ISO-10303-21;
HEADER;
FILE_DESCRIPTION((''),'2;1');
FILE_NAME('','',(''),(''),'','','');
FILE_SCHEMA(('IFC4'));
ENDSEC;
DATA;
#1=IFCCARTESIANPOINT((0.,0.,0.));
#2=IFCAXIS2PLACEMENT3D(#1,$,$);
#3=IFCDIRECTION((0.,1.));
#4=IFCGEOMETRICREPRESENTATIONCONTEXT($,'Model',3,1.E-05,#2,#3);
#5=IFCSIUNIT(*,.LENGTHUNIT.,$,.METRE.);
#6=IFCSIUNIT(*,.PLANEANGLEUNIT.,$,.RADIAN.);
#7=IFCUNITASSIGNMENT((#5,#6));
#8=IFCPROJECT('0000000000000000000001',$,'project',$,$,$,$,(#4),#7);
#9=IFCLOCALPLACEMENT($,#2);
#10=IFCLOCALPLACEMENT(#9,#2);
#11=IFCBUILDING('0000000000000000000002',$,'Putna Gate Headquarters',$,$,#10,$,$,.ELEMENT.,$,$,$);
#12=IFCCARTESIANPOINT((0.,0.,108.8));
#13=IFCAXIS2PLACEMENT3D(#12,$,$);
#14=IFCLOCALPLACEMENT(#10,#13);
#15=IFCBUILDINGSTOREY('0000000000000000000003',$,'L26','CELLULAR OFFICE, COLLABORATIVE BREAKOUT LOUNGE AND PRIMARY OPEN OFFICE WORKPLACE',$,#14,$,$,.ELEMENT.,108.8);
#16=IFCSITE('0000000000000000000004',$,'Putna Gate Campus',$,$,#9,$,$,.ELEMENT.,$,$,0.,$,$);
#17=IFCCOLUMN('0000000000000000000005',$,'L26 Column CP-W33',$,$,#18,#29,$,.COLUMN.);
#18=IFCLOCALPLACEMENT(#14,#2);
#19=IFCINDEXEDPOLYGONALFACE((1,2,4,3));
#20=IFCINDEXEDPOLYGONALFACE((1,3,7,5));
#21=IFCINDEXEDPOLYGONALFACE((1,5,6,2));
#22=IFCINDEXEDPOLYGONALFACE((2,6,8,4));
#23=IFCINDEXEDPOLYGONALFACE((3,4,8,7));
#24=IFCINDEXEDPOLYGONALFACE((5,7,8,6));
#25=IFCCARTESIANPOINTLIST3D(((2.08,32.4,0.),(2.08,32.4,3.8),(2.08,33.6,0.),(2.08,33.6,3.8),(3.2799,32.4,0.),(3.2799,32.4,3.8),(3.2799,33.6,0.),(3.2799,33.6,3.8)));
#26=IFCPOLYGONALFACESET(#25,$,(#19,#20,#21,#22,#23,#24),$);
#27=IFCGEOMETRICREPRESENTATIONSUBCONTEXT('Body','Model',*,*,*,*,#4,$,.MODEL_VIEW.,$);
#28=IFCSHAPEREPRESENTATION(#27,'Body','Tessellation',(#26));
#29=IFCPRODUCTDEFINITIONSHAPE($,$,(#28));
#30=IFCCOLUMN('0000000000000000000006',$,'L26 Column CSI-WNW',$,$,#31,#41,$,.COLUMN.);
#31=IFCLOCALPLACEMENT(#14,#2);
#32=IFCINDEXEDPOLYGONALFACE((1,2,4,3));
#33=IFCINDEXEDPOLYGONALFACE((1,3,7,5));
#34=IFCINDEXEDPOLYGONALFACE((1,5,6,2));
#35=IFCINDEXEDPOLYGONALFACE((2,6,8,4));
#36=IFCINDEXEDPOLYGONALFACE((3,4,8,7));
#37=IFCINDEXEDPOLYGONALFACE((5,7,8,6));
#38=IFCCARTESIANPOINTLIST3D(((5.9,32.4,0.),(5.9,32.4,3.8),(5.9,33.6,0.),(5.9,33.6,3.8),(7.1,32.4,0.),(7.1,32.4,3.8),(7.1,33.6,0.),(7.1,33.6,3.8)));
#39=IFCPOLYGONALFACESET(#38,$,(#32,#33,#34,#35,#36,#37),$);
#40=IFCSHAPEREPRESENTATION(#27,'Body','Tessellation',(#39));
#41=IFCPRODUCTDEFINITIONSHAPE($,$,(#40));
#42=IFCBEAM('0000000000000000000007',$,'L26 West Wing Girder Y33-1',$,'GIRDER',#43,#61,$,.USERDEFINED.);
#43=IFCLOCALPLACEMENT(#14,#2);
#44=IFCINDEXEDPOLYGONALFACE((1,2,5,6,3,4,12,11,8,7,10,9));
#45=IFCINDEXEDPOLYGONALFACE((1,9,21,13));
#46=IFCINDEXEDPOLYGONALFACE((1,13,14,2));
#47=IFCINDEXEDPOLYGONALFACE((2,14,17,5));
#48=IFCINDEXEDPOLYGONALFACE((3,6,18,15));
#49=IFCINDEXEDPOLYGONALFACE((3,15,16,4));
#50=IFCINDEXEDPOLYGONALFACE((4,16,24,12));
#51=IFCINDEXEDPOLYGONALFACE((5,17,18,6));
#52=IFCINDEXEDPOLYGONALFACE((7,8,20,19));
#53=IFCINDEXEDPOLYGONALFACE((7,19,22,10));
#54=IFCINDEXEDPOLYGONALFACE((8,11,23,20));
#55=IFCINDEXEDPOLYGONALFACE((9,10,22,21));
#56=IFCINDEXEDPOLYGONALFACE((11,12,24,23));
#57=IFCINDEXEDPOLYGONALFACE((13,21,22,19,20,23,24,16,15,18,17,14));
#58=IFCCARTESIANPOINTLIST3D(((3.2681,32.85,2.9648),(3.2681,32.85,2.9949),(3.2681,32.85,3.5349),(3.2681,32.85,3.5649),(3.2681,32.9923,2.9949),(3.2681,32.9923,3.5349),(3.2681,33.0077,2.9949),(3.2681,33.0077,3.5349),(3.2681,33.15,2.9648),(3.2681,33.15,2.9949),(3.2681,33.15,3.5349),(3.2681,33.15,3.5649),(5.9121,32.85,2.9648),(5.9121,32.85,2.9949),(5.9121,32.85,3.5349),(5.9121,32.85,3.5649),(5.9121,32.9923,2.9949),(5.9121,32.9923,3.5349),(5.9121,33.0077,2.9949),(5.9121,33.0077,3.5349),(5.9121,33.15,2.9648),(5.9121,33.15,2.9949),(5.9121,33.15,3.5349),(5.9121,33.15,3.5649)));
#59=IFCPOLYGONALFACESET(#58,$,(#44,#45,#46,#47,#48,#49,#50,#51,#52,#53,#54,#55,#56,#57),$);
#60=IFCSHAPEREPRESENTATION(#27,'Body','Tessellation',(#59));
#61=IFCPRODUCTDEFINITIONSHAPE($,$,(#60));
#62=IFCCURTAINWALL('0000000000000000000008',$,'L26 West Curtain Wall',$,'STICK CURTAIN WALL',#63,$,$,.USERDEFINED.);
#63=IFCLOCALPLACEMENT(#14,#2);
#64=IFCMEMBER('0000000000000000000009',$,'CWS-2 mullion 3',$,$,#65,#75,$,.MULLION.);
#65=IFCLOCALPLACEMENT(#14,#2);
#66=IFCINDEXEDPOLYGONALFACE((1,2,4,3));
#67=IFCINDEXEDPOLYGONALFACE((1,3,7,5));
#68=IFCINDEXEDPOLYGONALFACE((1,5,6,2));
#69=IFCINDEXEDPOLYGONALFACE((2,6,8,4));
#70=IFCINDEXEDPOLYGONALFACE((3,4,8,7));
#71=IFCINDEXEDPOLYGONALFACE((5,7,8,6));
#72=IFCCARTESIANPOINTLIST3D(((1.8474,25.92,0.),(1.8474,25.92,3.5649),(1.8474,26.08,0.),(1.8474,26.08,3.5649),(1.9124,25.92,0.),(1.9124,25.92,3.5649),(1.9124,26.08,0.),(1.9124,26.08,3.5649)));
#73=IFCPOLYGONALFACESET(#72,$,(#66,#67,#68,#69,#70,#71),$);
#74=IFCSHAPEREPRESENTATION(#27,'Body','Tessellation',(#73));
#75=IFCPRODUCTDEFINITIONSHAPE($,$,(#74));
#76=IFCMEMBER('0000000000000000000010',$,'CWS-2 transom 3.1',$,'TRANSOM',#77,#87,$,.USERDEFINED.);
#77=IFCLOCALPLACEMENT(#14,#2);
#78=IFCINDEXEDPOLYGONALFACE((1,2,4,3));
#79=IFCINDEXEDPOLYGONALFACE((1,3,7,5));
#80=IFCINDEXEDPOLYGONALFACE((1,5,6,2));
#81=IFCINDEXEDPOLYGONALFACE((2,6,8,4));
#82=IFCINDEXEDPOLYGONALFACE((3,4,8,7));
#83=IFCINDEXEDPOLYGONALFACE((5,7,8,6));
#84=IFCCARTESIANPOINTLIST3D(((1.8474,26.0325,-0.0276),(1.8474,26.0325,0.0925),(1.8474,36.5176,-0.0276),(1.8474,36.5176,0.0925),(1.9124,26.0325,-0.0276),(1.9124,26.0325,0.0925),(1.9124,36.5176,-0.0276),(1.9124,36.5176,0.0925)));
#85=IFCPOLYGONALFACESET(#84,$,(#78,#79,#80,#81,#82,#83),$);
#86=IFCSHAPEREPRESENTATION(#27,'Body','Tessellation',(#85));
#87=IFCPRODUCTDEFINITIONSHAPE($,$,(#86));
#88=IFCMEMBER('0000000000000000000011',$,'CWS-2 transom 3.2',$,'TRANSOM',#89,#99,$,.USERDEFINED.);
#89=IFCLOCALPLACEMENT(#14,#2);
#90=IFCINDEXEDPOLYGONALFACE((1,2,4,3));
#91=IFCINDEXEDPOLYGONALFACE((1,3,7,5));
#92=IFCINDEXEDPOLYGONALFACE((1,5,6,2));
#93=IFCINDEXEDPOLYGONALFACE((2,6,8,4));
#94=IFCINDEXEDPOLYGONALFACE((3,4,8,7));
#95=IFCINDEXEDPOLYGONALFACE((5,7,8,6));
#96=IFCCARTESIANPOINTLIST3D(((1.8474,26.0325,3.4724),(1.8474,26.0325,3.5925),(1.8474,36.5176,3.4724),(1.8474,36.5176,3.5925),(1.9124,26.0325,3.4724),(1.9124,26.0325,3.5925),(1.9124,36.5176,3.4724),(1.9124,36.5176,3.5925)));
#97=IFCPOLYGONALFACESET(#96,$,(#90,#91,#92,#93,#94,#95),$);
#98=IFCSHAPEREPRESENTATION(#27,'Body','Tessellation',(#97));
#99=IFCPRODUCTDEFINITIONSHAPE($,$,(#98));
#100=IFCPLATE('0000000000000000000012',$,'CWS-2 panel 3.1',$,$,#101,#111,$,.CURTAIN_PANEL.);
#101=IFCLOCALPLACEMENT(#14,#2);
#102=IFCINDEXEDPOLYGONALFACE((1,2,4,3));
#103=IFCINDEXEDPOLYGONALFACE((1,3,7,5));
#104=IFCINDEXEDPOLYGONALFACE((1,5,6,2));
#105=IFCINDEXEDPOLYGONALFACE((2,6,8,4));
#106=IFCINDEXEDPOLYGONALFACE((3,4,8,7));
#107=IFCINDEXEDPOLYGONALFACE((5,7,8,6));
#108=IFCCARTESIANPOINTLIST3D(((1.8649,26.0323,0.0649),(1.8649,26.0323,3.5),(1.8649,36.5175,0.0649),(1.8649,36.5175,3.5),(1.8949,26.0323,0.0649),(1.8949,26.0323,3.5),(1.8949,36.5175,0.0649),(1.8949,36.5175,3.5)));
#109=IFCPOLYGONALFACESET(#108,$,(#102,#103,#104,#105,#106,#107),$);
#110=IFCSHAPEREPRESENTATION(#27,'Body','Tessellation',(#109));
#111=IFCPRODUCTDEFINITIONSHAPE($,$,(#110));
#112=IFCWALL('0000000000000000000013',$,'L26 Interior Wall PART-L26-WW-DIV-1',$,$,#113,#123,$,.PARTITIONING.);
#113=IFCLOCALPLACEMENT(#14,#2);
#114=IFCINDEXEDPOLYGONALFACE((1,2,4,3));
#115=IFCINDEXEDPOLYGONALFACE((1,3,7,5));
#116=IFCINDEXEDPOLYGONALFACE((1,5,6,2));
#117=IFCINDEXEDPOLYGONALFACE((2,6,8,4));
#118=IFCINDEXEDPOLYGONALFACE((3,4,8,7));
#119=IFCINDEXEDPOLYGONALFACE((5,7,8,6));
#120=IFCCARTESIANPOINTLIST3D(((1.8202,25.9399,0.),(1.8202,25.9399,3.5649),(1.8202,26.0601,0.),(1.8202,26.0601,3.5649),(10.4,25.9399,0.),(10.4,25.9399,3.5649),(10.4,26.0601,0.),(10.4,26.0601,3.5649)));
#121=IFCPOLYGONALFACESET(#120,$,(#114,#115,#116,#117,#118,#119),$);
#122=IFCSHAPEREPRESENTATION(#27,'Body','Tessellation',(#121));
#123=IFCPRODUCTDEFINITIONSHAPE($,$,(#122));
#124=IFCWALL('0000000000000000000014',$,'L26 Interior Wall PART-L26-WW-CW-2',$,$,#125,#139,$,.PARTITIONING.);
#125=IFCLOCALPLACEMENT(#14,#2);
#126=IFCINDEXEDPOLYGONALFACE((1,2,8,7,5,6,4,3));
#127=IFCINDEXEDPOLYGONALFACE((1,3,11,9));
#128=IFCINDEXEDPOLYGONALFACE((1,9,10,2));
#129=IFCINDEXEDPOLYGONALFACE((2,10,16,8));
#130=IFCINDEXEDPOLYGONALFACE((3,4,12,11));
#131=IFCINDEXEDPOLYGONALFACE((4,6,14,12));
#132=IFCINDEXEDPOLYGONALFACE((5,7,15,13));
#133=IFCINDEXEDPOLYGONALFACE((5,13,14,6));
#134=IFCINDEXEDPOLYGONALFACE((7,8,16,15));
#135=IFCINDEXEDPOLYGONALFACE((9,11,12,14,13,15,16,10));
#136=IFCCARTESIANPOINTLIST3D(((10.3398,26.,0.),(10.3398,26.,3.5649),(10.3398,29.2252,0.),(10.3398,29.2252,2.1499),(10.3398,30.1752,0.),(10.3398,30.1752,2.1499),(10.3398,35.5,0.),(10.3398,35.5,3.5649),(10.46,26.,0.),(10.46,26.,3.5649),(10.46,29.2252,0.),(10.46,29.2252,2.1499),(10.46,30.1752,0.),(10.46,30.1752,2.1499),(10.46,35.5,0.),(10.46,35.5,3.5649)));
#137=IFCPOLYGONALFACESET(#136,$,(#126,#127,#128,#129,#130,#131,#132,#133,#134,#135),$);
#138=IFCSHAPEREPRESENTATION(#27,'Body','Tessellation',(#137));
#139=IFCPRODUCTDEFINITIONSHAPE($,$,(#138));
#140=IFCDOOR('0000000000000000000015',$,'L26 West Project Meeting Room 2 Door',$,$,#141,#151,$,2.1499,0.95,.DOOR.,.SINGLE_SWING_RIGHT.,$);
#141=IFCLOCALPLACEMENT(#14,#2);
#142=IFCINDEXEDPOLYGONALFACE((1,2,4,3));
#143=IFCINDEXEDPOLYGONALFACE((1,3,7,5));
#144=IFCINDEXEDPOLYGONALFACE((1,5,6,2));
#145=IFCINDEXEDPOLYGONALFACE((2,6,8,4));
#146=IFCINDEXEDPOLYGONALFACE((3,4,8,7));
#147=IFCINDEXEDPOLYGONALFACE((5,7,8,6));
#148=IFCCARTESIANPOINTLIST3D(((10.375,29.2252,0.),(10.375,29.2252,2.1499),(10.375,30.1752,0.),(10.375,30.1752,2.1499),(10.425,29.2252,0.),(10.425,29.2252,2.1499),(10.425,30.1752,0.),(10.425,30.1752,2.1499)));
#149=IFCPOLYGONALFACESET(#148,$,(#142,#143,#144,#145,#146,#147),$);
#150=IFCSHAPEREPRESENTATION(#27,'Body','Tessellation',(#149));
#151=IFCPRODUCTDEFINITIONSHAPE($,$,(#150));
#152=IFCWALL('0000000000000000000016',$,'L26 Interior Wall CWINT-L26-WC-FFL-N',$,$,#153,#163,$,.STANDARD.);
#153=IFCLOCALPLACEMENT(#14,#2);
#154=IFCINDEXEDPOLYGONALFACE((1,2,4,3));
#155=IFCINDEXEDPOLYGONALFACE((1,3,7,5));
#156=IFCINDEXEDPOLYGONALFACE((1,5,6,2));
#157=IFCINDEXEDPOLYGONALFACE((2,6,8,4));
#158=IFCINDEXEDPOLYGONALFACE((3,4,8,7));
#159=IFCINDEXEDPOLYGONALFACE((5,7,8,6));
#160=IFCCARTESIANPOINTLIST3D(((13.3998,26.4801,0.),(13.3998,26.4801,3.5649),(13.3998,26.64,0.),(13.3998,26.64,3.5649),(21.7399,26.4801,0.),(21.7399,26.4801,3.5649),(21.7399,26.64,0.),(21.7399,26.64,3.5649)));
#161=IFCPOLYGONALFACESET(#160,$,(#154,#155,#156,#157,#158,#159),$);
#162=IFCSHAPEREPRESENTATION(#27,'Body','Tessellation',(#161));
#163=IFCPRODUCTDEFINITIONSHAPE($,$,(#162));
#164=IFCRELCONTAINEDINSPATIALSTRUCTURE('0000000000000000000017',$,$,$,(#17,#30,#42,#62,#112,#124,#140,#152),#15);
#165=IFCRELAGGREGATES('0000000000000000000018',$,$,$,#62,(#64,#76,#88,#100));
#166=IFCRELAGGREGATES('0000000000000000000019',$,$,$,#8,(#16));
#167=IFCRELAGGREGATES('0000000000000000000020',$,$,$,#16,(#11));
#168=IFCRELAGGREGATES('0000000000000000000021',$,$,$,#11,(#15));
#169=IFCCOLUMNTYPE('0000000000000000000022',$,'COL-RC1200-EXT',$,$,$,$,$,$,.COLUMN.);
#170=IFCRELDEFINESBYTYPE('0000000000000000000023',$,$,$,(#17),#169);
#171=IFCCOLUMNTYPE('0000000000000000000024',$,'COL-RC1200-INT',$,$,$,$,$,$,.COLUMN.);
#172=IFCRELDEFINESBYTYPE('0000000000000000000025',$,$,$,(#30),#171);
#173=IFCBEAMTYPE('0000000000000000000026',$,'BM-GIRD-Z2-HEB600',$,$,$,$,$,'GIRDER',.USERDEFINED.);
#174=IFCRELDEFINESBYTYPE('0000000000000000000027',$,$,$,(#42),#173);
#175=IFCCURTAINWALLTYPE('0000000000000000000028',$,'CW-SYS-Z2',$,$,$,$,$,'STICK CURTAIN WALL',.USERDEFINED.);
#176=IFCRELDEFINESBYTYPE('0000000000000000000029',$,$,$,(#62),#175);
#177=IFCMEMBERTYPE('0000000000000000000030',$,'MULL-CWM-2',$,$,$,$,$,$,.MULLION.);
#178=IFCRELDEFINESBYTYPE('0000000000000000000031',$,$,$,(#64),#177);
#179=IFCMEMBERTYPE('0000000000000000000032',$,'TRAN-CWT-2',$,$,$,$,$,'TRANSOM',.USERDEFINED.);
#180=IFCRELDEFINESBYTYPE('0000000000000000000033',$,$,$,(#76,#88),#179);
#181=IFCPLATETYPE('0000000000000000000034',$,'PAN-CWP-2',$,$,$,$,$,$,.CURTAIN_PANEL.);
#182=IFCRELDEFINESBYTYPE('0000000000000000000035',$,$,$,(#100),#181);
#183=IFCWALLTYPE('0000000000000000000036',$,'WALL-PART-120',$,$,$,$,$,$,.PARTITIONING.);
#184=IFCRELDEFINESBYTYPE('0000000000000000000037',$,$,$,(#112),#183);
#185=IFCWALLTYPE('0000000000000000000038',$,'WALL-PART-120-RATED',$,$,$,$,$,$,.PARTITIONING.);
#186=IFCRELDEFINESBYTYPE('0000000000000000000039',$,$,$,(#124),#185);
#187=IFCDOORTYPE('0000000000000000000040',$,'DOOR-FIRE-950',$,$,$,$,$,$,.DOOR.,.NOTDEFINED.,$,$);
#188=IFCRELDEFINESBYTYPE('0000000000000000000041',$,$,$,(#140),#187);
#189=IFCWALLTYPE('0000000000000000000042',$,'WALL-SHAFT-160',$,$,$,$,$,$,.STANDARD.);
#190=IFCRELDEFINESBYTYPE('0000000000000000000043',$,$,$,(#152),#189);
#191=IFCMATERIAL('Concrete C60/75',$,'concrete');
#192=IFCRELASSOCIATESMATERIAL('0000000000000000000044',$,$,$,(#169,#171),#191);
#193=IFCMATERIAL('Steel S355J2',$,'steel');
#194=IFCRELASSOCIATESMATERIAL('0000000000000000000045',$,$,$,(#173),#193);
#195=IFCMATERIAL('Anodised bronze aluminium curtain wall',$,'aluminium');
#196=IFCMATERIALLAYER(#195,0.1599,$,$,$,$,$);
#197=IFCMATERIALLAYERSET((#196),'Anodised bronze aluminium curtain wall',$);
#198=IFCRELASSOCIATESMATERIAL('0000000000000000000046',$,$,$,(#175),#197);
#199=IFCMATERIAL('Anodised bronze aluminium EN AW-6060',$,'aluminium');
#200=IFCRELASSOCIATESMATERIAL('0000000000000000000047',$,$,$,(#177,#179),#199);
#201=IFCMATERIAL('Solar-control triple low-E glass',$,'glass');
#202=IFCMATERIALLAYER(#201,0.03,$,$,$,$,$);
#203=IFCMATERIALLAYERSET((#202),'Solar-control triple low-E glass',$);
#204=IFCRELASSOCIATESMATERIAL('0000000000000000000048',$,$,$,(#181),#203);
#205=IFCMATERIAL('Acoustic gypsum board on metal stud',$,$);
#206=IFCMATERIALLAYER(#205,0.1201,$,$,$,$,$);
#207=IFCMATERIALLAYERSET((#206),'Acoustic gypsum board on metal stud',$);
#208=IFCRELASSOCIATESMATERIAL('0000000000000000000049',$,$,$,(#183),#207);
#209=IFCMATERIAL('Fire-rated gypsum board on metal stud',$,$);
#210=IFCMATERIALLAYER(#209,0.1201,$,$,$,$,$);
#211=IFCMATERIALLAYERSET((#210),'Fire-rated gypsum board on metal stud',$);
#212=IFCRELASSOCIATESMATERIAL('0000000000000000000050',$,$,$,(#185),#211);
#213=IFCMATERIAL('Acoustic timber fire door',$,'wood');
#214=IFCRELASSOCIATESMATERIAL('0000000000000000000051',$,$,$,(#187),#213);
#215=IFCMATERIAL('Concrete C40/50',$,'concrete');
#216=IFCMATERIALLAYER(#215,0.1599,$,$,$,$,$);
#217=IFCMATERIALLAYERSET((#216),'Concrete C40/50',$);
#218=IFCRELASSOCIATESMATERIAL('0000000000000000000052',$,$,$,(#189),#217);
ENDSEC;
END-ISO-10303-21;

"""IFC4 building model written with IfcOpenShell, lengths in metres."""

from ifc_helpers import new_model, si_unit, direction, frame, frame_2d, origin, origin_2d, place, context, subcontext, project, spatial, rectangle, i_section, extrude, material, layer, layer_set, material_profile, profile_set, type_object, element, fill, aggregate, save


model = new_model("IFC4")

# Units and contexts
model_context = context("Model", 3, precision=1e-05, world=origin(), true_north=direction((0.0, 1.0)))
body_context = subcontext(model_context, "Body", "Model", "MODEL_VIEW")
ifc_project = project(units=[si_unit("LENGTHUNIT", "METRE"), si_unit("PLANEANGLEUNIT", "RADIAN")], contexts=[model_context])

# Site, building, storey
site_placement = place(None, origin())
site = spatial("IfcSite", under=ifc_project, at=site_placement, Name="Putna Gate Campus", CompositionType="ELEMENT", RefElevation=0.0)
building_placement = place(site_placement, origin())
building = spatial("IfcBuilding", under=site, at=building_placement, Name="Putna Gate Headquarters", CompositionType="ELEMENT")
storey_placement = place(building_placement, frame((0.0, 0.0, 108.8)))
storey = spatial("IfcBuildingStorey", under=building, at=storey_placement, Name="L26", Description="CELLULAR OFFICE, COLLABORATIVE BREAKOUT LOUNGE AND PRIMARY OPEN OFFICE WORKPLACE", CompositionType="ELEMENT", Elevation=108.8)

# Columns
ifc_material_1 = material(Name="Concrete C60/75", Category="concrete")
ifc_material_profile_1 = material_profile(ifc_material_1, rectangle(XDim=1.2, YDim=1.2, at=origin_2d()), Name="Concrete C60/75")
ifc_profile_set_1 = profile_set([ifc_material_profile_1], Name="Concrete C60/75")
column_type_1 = type_object("IfcColumnType", Name="COL-RC1200-EXT", PredefinedType="COLUMN", material=ifc_profile_set_1)
column_1_placement = place(storey_placement, frame((2.6799, 33.0, 0.0), z_axis=(0.0, 0.0, 1.0), x_axis=(1.0, 0.0, 0.0)))
element("IfcColumn", 1, at=column_1_placement, inside=storey, type_object=column_type_1, Name="L26 Column CP-W33", PredefinedType="COLUMN", context=body_context, shape_type="SweptSolid", body=[
    extrude(rectangle(XDim=1.2, YDim=1.2, at=origin_2d()), origin(), (0.0, 0.0, 1.0), 3.8),
])
ifc_material_profile_2 = material_profile(ifc_material_1, rectangle(XDim=1.2, YDim=1.2, at=origin_2d()), Name="Concrete C60/75")
ifc_profile_set_2 = profile_set([ifc_material_profile_2], Name="Concrete C60/75")
column_type_2 = type_object("IfcColumnType", Name="COL-RC1200-INT", PredefinedType="COLUMN", material=ifc_profile_set_2)
column_2_placement = place(storey_placement, frame((6.5, 33.0, 0.0), z_axis=(0.0, 0.0, 1.0), x_axis=(1.0, 0.0, 0.0)))
element("IfcColumn", 2, at=column_2_placement, inside=storey, type_object=column_type_2, Name="L26 Column CSI-WNW", PredefinedType="COLUMN", context=body_context, shape_type="SweptSolid", body=[
    extrude(rectangle(XDim=1.2, YDim=1.2, at=origin_2d()), origin(), (0.0, 0.0, 1.0), 3.8),
])

# Beam
ifc_material_2 = material(Name="Steel S355J2", Category="steel")
ifc_material_profile_3 = material_profile(ifc_material_2, i_section(OverallWidth=0.3, OverallDepth=0.6001, WebThickness=0.0154, FlangeThickness=0.03, at=origin_2d()), Name="Steel S355J2")
ifc_profile_set_3 = profile_set([ifc_material_profile_3], Name="Steel S355J2")
beam_type = type_object("IfcBeamType", Name="BM-GIRD-Z2-HEB600", ElementType="GIRDER", PredefinedType="USERDEFINED", material=ifc_profile_set_3)
beam_placement = place(storey_placement, frame((3.2681, 33.0, 3.2649), z_axis=(1.0, 0.0, 0.0), x_axis=(0.0, 1.0, 0.0)))
element("IfcBeam", 3, at=beam_placement, inside=storey, type_object=beam_type, Name="L26 West Wing Girder Y33-1", ObjectType="GIRDER", PredefinedType="USERDEFINED", context=body_context, shape_type="SweptSolid", body=[
    extrude(i_section(OverallWidth=0.3, OverallDepth=0.6001, WebThickness=0.0154, FlangeThickness=0.03, at=origin_2d()), origin(), (0.0, 0.0, 1.0), 2.644),
])

# Curtain wall, members, plate
ifc_material_3 = material(Name="Anodised bronze aluminium curtain wall", Category="aluminium")
ifc_layer_1 = layer(ifc_material_3, 0.1599)
ifc_layer_set_1 = layer_set([ifc_layer_1], Name="Anodised bronze aluminium curtain wall")
curtain_wall_type = type_object("IfcCurtainWallType", Name="CW-SYS-Z2", ElementType="STICK CURTAIN WALL", PredefinedType="USERDEFINED", material=ifc_layer_set_1)
curtain_wall_placement = place(storey_placement, origin())
curtain_wall = element("IfcCurtainWall", 4, at=curtain_wall_placement, inside=storey, type_object=curtain_wall_type, Name="L26 West Curtain Wall", ObjectType="STICK CURTAIN WALL", PredefinedType="USERDEFINED")
ifc_material_4 = material(Name="Anodised bronze aluminium EN AW-6060", Category="aluminium")
ifc_material_profile_4 = material_profile(ifc_material_4, rectangle(XDim=0.0649, YDim=0.1599, at=origin_2d()), Name="Anodised bronze aluminium EN AW-6060")
ifc_profile_set_4 = profile_set([ifc_material_profile_4], Name="Anodised bronze aluminium EN AW-6060")
member_type_1 = type_object("IfcMemberType", Name="MULL-CWM-2", PredefinedType="MULLION", material=ifc_profile_set_4)
member_1_placement = place(storey_placement, frame((1.8799, 26.0, 0.0), z_axis=(0.0, 0.0, 1.0), x_axis=(-1.0, 0.0, 0.0)))
member_1 = element("IfcMember", 5, at=member_1_placement, type_object=member_type_1, Name="CWS-2 mullion 3", PredefinedType="MULLION", context=body_context, shape_type="SweptSolid", body=[
    extrude(rectangle(XDim=0.0649, YDim=0.1599, at=origin_2d()), origin(), (0.0, 0.0, 1.0), 3.5649),
])
ifc_material_profile_5 = material_profile(ifc_material_4, rectangle(XDim=0.0649, YDim=0.1201, at=origin_2d()), Name="Anodised bronze aluminium EN AW-6060")
ifc_profile_set_5 = profile_set([ifc_material_profile_5], Name="Anodised bronze aluminium EN AW-6060")
member_type_2 = type_object("IfcMemberType", Name="TRAN-CWT-2", ElementType="TRANSOM", PredefinedType="USERDEFINED", material=ifc_profile_set_5)
member_2_placement = place(storey_placement, frame((1.8799, 26.0325, 0.0325), z_axis=(0.0, 1.0, 0.0), x_axis=(-1.0, 0.0, 0.0)))
member_2 = element("IfcMember", 6, at=member_2_placement, type_object=member_type_2, Name="CWS-2 transom 3.1", ObjectType="TRANSOM", PredefinedType="USERDEFINED", context=body_context, shape_type="SweptSolid", body=[
    extrude(rectangle(XDim=0.0649, YDim=0.1201, at=origin_2d()), origin(), (0.0, 0.0, 1.0), 10.4851),
])
member_3_placement = place(storey_placement, frame((1.8799, 26.0325, 3.5325), z_axis=(0.0, 1.0, 0.0), x_axis=(-1.0, 0.0, 0.0)))
member_3 = element("IfcMember", 7, at=member_3_placement, type_object=member_type_2, Name="CWS-2 transom 3.2", ObjectType="TRANSOM", PredefinedType="USERDEFINED", context=body_context, shape_type="SweptSolid", body=[
    extrude(rectangle(XDim=0.0649, YDim=0.1201, at=origin_2d()), origin(), (0.0, 0.0, 1.0), 10.4851),
])
ifc_material_5 = material(Name="Solar-control triple low-E glass", Category="glass")
ifc_layer_2 = layer(ifc_material_5, 0.03)
ifc_layer_set_2 = layer_set([ifc_layer_2], Name="Solar-control triple low-E glass")
plate_type = type_object("IfcPlateType", Name="PAN-CWP-2", PredefinedType="CURTAIN_PANEL", material=ifc_layer_set_2)
plate_placement = place(storey_placement, frame((1.8799, 31.2749, 0.0649), z_axis=(0.0, 0.0, 1.0), x_axis=(0.0, 1.0, 0.0)))
plate = element("IfcPlate", 8, at=plate_placement, type_object=plate_type, Name="CWS-2 panel 3.1", PredefinedType="CURTAIN_PANEL", context=body_context, shape_type="SweptSolid", body=[
    extrude(rectangle(XDim=10.4851, YDim=0.03, at=origin_2d()), origin(), (0.0, 0.0, 1.0), 3.4351),
])
aggregate(curtain_wall, [member_1, member_2, member_3, plate])

# Wall
ifc_material_6 = material(Name="Acoustic gypsum board on metal stud")
ifc_layer_3 = layer(ifc_material_6, 0.1201)
ifc_layer_set_3 = layer_set([ifc_layer_3], Name="Acoustic gypsum board on metal stud")
wall_type_1 = type_object("IfcWallType", Name="WALL-PART-120", PredefinedType="PARTITIONING", material=ifc_layer_set_3)
wall_1_placement = place(storey_placement, frame((1.8201, 26.0, 0.0), z_axis=(0.0, 0.0, 1.0), x_axis=(1.0, 0.0, 0.0)))
element("IfcWall", 9, at=wall_1_placement, inside=storey, type_object=wall_type_1, Name="L26 Interior Wall PART-L26-WW-DIV-1", PredefinedType="PARTITIONING", context=body_context, shape_type="SweptSolid", body=[
    extrude(rectangle(XDim=8.5798, YDim=0.1201, at=frame_2d((4.29, 0.0))), origin(), (0.0, 0.0, 1.0), 3.5649),
])

# Wall, opening, door
ifc_material_7 = material(Name="Fire-rated gypsum board on metal stud")
ifc_layer_4 = layer(ifc_material_7, 0.1201)
ifc_layer_set_4 = layer_set([ifc_layer_4], Name="Fire-rated gypsum board on metal stud")
wall_type_2 = type_object("IfcWallType", Name="WALL-PART-120-RATED", PredefinedType="PARTITIONING", material=ifc_layer_set_4)
wall_2_placement = place(storey_placement, frame((10.3999, 26.0, 0.0), z_axis=(0.0, 0.0, 1.0), x_axis=(0.0, 1.0, 0.0)))
wall_2 = element("IfcWall", 10, at=wall_2_placement, inside=storey, type_object=wall_type_2, Name="L26 Interior Wall PART-L26-WW-CW-2", PredefinedType="PARTITIONING", context=body_context, shape_type="SweptSolid", body=[
    extrude(rectangle(XDim=9.5, YDim=0.1201, at=frame_2d((4.75, 0.0))), origin(), (0.0, 0.0, 1.0), 3.5649),
])
opening_1_placement = place(wall_2_placement, frame((3.2251, 0.0, 0.0)))
opening_1 = element("IfcOpeningElement", 11, at=opening_1_placement, cuts=wall_2, PredefinedType="OPENING", context=body_context, shape_type="SweptSolid", body=[
    extrude(rectangle(XDim=0.95, YDim=2.1499, at=frame_2d((0.4751, 1.075))), frame((0.0, 0.0701, 0.0), z_axis=(0.0, -1.0, 0.0), x_axis=(1.0, 0.0, 0.0)), (0.0, 0.0, 1.0), 0.1401),
])
ifc_material_8 = material(Name="Acoustic timber fire door", Category="wood")
door_type_1 = type_object("IfcDoorType", Name="DOOR-FIRE-950", OperationType="NOTDEFINED", PredefinedType="DOOR", material=ifc_material_8)
door_1_placement = place(opening_1_placement, origin())
door_1 = element("IfcDoor", 12, at=door_1_placement, inside=storey, type_object=door_type_1, Name="L26 West Project Meeting Room 2 Door", OperationType="SINGLE_SWING_RIGHT", OverallHeight=2.1499, OverallWidth=0.95, PredefinedType="DOOR", context=body_context, shape_type="SweptSolid", body=[
    extrude(rectangle(XDim=0.95, YDim=2.1499, at=frame_2d((0.4751, 1.075))), frame((0.0, 0.0249, 0.0), z_axis=(0.0, -1.0, 0.0), x_axis=(1.0, 0.0, 0.0)), (0.0, 0.0, 1.0), 0.05),
])
fill(opening_1, door_1)

# Wall
ifc_material_9 = material(Name="Concrete C40/50", Category="concrete")
ifc_layer_5 = layer(ifc_material_9, 0.1599)
ifc_layer_set_5 = layer_set([ifc_layer_5], Name="Concrete C40/50")
wall_type_3 = type_object("IfcWallType", Name="WALL-SHAFT-160", PredefinedType="STANDARD", material=ifc_layer_set_5)
wall_3_placement = place(storey_placement, frame((13.3999, 26.5601, 0.0), z_axis=(0.0, 0.0, 1.0), x_axis=(1.0, 0.0, 0.0)))
element("IfcWall", 13, at=wall_3_placement, inside=storey, type_object=wall_type_3, Name="L26 Interior Wall CWINT-L26-WC-FFL-N", PredefinedType="STANDARD", context=body_context, shape_type="SweptSolid", body=[
    extrude(rectangle(XDim=8.3401, YDim=0.1599, at=frame_2d((4.1699, 0.0))), origin(), (0.0, 0.0, 1.0), 3.5649),
])

save(model, "model.ifc")
